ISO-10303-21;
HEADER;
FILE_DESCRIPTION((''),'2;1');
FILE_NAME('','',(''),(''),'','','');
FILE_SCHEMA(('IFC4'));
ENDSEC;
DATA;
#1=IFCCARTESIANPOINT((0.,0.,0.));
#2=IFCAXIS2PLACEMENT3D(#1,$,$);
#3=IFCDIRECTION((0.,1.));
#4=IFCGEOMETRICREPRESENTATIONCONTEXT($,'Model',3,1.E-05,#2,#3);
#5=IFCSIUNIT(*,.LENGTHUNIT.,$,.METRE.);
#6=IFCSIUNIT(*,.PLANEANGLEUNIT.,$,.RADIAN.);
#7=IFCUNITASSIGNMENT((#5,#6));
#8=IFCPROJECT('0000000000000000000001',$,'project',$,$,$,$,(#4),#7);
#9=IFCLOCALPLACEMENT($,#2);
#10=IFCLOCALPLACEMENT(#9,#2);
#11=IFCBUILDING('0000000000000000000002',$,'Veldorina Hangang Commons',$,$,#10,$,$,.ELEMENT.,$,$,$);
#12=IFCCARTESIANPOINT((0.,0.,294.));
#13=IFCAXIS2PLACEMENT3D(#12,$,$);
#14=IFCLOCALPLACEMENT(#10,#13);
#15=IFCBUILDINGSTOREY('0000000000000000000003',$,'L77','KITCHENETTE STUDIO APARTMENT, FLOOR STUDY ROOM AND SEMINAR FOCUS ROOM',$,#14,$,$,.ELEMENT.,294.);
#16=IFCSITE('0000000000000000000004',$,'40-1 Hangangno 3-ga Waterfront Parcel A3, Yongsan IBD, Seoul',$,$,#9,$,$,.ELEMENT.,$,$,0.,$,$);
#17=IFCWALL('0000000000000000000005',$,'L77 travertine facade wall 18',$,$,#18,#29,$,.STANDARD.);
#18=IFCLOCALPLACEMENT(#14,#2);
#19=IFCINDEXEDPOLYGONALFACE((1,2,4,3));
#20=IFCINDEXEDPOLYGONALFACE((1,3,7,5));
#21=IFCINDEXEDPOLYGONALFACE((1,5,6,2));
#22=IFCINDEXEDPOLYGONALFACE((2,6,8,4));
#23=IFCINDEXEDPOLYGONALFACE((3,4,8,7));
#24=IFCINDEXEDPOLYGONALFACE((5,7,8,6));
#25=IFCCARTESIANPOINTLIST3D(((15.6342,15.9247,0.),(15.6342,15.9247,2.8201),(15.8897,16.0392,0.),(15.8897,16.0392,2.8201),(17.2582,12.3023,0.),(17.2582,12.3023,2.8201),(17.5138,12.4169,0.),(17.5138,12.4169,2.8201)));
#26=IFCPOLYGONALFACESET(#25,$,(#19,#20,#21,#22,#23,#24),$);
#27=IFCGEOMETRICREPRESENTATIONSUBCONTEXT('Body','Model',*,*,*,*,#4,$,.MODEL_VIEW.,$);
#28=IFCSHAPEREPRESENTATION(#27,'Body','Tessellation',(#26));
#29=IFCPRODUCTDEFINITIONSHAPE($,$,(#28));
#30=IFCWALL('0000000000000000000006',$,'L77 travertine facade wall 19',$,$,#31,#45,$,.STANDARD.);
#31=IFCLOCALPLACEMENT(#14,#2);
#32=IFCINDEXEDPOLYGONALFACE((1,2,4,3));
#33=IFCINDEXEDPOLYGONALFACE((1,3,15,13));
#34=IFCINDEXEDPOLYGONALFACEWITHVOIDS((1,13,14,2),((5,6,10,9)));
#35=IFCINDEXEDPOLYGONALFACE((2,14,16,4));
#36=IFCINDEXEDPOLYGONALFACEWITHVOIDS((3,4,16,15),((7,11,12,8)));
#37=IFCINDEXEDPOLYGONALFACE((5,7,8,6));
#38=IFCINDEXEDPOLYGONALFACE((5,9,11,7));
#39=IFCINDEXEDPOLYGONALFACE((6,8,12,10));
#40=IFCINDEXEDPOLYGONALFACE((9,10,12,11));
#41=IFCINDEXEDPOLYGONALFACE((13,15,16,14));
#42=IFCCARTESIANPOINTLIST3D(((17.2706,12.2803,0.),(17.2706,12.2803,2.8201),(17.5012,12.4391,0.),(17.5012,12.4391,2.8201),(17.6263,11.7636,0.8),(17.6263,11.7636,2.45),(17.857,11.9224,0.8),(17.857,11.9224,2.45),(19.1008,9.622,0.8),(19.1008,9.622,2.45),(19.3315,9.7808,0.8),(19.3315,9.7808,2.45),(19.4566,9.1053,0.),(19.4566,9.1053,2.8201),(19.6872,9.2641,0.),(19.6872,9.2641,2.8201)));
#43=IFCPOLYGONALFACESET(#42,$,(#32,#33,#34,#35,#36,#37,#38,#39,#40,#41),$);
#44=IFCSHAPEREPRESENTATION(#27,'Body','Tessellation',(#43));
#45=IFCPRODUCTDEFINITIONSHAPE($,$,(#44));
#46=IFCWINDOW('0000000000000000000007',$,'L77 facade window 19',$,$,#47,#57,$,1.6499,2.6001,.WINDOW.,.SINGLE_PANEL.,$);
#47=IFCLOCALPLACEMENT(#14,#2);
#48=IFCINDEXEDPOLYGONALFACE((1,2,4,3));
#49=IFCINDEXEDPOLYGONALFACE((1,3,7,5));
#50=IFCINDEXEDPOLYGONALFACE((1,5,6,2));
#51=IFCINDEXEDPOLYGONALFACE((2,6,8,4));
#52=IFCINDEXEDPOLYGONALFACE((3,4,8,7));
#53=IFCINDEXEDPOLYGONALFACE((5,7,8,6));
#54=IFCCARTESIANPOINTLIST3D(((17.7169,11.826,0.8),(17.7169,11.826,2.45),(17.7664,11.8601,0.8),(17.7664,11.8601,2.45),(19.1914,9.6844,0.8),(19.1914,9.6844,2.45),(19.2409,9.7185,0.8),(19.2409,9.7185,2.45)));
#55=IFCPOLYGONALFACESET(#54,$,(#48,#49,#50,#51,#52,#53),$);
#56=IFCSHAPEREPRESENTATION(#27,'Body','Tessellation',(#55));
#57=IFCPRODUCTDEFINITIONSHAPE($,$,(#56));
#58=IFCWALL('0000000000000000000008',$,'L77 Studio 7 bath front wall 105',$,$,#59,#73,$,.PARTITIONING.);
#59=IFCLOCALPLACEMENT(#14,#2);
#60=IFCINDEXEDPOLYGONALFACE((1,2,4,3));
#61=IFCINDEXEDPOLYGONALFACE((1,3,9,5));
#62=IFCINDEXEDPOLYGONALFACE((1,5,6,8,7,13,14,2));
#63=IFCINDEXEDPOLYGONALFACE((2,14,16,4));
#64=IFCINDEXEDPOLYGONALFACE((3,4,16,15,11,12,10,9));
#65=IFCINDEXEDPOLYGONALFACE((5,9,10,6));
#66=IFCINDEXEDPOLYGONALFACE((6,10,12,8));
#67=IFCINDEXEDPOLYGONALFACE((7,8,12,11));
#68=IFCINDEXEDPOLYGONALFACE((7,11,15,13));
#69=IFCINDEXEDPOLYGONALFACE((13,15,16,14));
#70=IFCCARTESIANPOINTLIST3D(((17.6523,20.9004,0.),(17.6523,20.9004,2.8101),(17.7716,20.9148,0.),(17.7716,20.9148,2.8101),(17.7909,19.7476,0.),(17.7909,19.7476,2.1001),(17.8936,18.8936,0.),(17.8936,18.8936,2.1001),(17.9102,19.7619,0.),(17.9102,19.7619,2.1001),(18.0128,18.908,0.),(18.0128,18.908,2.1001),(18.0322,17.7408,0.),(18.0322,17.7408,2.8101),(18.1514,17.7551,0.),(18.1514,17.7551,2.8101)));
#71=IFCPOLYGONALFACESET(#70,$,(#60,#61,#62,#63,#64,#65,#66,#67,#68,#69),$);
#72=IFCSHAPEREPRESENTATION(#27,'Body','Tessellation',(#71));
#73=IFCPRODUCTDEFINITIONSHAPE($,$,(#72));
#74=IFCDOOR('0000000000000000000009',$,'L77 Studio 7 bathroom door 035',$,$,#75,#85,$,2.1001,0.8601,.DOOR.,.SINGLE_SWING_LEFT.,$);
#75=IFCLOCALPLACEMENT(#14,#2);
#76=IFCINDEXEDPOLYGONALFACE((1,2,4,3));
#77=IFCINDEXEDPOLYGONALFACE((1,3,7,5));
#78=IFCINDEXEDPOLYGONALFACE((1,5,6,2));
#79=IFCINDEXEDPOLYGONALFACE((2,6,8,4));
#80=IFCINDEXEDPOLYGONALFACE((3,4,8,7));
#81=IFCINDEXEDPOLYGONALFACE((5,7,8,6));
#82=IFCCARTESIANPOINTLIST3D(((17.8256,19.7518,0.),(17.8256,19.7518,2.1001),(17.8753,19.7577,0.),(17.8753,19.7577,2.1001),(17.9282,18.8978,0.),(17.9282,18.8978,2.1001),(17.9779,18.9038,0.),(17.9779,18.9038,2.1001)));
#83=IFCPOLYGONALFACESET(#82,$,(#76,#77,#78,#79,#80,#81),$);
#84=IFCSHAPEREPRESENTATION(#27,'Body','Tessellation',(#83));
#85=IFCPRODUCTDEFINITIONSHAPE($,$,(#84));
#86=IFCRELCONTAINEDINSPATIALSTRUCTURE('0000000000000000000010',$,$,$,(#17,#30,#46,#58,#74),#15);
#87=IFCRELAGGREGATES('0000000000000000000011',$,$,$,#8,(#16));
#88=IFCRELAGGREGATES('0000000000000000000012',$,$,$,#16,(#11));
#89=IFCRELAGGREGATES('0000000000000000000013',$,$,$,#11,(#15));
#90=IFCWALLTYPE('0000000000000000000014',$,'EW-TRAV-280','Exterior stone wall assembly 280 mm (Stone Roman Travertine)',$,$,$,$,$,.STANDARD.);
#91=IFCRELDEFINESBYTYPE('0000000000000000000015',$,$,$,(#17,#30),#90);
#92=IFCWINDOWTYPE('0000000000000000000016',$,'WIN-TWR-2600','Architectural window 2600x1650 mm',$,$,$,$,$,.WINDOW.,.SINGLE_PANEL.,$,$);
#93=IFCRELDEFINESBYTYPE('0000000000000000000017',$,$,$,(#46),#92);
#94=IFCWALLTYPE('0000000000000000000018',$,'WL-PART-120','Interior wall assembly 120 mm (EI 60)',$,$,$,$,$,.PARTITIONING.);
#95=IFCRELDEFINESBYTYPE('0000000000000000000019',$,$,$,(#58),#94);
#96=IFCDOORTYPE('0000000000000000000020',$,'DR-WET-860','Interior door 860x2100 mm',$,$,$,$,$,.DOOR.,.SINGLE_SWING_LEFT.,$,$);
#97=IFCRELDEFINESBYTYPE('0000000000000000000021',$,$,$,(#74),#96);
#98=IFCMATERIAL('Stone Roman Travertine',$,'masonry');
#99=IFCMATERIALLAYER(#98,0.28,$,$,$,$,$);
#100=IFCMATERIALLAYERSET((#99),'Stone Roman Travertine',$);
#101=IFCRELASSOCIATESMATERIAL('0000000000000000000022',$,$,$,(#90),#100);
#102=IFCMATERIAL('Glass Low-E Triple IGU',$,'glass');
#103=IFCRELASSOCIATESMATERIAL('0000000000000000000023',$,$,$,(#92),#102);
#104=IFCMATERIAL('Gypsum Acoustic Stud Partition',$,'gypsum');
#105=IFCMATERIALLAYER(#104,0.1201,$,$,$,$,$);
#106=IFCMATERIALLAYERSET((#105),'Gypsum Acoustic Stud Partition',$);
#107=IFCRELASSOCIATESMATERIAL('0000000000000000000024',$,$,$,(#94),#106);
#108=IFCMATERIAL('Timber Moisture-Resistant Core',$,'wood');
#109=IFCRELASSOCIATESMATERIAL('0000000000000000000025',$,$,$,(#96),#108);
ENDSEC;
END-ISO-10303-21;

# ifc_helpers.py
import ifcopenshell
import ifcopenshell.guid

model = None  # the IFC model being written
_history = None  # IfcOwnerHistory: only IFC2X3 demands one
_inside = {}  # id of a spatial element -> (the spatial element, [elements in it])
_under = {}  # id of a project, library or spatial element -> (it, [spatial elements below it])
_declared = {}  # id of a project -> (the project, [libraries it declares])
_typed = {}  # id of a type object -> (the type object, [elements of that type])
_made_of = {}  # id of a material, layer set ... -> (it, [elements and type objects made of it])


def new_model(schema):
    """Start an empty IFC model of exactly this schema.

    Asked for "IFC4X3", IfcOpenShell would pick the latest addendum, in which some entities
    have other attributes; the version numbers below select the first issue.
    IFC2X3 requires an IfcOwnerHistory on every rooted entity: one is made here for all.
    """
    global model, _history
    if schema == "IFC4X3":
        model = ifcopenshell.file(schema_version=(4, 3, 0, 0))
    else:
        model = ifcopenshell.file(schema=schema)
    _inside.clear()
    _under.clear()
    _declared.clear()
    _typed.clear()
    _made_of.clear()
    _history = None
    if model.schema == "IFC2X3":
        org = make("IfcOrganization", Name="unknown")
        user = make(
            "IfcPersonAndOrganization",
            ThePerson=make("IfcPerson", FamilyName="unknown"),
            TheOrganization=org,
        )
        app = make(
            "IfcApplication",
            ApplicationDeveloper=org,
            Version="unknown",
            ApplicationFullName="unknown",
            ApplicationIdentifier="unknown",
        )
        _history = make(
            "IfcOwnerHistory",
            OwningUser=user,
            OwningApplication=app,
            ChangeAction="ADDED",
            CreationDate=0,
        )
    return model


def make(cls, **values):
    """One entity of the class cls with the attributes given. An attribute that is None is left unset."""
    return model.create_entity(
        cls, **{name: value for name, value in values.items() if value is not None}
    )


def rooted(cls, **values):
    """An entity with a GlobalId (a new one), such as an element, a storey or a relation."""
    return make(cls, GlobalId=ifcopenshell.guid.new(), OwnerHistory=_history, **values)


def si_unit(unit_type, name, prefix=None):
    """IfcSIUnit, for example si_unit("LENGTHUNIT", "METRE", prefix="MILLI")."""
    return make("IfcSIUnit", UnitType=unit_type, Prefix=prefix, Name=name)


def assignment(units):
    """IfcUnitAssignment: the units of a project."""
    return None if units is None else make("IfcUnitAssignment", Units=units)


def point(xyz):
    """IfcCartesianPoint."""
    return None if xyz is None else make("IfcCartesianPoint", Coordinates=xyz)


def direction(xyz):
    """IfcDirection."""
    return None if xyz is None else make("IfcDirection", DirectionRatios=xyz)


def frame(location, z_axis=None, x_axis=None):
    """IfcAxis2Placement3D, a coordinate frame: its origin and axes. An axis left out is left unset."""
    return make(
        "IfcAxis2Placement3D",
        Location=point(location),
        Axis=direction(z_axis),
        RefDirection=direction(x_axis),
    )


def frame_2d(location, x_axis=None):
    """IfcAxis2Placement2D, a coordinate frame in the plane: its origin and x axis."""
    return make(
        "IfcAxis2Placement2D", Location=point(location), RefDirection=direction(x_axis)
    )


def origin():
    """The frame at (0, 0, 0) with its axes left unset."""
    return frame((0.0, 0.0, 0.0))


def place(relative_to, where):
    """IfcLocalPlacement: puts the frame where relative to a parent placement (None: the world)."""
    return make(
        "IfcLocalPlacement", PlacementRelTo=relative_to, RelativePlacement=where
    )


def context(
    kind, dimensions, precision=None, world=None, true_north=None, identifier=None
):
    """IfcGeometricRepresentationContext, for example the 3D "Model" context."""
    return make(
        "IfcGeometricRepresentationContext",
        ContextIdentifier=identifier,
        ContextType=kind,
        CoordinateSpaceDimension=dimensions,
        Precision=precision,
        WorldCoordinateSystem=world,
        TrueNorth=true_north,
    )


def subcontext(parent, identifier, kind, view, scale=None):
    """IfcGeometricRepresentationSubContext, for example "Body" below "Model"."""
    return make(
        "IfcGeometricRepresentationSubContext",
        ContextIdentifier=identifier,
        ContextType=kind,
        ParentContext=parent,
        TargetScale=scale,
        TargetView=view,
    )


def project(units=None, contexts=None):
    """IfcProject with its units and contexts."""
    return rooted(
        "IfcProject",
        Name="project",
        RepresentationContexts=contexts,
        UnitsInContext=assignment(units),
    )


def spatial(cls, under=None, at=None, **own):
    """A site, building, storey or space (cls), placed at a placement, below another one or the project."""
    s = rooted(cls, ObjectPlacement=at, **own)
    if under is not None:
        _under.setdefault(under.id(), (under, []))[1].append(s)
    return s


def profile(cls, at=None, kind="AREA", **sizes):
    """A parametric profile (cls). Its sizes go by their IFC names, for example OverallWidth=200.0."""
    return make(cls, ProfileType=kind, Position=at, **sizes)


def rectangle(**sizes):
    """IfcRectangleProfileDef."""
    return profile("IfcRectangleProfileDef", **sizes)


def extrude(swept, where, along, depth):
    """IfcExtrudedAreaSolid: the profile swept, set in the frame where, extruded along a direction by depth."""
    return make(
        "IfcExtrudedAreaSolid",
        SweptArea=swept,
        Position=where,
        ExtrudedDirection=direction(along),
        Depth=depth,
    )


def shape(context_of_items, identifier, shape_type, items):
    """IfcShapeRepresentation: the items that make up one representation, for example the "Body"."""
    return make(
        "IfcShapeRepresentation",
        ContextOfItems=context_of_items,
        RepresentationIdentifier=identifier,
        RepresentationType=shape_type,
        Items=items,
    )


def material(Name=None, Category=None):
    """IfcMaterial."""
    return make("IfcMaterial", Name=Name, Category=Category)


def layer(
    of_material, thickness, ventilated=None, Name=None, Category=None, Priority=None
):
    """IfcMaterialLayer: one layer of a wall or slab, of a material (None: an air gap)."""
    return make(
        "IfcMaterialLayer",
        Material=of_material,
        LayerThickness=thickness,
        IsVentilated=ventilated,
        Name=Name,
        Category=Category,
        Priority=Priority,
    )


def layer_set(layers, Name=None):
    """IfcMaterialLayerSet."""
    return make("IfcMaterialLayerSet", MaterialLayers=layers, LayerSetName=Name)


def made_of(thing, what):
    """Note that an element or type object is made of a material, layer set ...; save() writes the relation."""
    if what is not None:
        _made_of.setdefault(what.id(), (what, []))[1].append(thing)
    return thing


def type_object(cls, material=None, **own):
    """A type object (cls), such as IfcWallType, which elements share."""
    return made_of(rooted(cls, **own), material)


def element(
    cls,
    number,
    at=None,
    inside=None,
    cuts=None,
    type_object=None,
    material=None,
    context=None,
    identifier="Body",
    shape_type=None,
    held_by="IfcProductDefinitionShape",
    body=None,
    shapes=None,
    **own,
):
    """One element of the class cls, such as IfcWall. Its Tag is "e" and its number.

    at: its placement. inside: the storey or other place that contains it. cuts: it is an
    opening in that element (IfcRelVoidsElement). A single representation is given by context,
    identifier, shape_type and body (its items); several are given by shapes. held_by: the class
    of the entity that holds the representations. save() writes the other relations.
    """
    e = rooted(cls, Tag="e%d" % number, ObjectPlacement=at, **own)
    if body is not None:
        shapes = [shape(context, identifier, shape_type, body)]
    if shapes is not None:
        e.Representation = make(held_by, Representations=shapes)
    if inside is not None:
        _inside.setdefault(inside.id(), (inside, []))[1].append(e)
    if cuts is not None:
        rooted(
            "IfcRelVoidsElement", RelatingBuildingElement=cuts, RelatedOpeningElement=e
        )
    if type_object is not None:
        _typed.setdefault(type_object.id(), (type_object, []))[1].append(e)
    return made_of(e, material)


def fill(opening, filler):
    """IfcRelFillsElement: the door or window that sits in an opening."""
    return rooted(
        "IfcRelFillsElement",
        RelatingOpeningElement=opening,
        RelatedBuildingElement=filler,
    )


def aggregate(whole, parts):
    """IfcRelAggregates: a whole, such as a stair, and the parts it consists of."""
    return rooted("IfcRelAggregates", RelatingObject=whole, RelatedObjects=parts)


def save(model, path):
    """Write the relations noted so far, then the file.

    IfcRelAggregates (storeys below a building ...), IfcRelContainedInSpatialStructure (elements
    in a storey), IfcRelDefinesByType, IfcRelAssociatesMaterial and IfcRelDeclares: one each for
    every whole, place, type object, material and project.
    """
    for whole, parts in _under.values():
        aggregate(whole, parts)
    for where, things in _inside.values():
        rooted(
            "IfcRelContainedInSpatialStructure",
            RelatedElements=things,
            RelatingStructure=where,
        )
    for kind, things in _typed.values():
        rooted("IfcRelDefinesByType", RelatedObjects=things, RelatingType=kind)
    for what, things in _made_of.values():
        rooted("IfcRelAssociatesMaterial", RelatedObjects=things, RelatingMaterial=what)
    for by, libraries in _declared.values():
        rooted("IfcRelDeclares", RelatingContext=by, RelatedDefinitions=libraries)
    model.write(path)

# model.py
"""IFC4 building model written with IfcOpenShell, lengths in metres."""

from ifc_helpers import new_model, si_unit, direction, frame, frame_2d, origin, place, context, subcontext, project, spatial, rectangle, extrude, material, layer, layer_set, type_object, element, fill, save


model = new_model("IFC4")

# Units and contexts
model_context = context("Model", 3, precision=1e-05, world=origin(), true_north=direction((0.0, 1.0)))
body_context = subcontext(model_context, "Body", "Model", "MODEL_VIEW")
ifc_project = project(units=[si_unit("LENGTHUNIT", "METRE"), si_unit("PLANEANGLEUNIT", "RADIAN")], contexts=[model_context])

# Site, building, storey
site_placement = place(None, origin())
site = spatial("IfcSite", under=ifc_project, at=site_placement, Name="40-1 Hangangno 3-ga Waterfront Parcel A3, Yongsan IBD, Seoul", CompositionType="ELEMENT", RefElevation=0.0)
building_placement = place(site_placement, origin())
building = spatial("IfcBuilding", under=site, at=building_placement, Name="Veldorina Hangang Commons", CompositionType="ELEMENT")
storey_placement = place(building_placement, frame((0.0, 0.0, 294.0)))
storey = spatial("IfcBuildingStorey", under=building, at=storey_placement, Name="L77", Description="KITCHENETTE STUDIO APARTMENT, FLOOR STUDY ROOM AND SEMINAR FOCUS ROOM", CompositionType="ELEMENT", Elevation=294.0)

# Wall
ifc_material_1 = material(Name="Stone Roman Travertine", Category="masonry")
ifc_layer_1 = layer(ifc_material_1, 0.28)
ifc_layer_set_1 = layer_set([ifc_layer_1], Name="Stone Roman Travertine")
wall_type_1 = type_object("IfcWallType", Name="EW-TRAV-280", Description="Exterior stone wall assembly 280 mm (Stone Roman Travertine)", PredefinedType="STANDARD", material=ifc_layer_set_1)
wall_1_placement = place(storey_placement, frame((15.762, 15.9819, 0.0), z_axis=(0.0, 0.0, 1.0), x_axis=(0.409104, -0.912488, 0.0)))
element("IfcWall", 1, at=wall_1_placement, inside=storey, type_object=wall_type_1, Name="L77 travertine facade wall 18", PredefinedType="STANDARD", context=body_context, shape_type="SweptSolid", body=[
    extrude(rectangle(XDim=3.9697, YDim=0.28, at=frame_2d((1.9849, 0.0))), origin(), (0.0, 0.0, 1.0), 2.8201),
])

# Wall, opening, window
wall_2_placement = place(storey_placement, frame((17.386, 12.3596, 0.0), z_axis=(0.0, 0.0, 1.0), x_axis=(0.56709, -0.823656, 0.0)))
wall_2 = element("IfcWall", 2, at=wall_2_placement, inside=storey, type_object=wall_type_1, Name="L77 travertine facade wall 19", PredefinedType="STANDARD", context=body_context, shape_type="SweptSolid", body=[
    extrude(rectangle(XDim=3.8547, YDim=0.28, at=frame_2d((1.9272, 0.0))), origin(), (0.0, 0.0, 1.0), 2.8201),
])
opening_1_placement = place(wall_2_placement, frame((0.6272, 0.0, 0.8)))
opening_1 = element("IfcOpeningElement", 3, at=opening_1_placement, cuts=wall_2, PredefinedType="OPENING", context=body_context, shape_type="SweptSolid", body=[
    extrude(rectangle(XDim=2.6001, YDim=1.6499, at=frame_2d((1.3, 0.825))), frame((0.0, 0.1499, 0.0), z_axis=(0.0, -1.0, 0.0), x_axis=(1.0, 0.0, 0.0)), (0.0, 0.0, 1.0), 0.3),
])
ifc_material_2 = material(Name="Glass Low-E Triple IGU", Category="glass")
window_type = type_object("IfcWindowType", Name="WIN-TWR-2600", Description="Architectural window 2600x1650 mm", PartitioningType="SINGLE_PANEL", PredefinedType="WINDOW", material=ifc_material_2)
window_placement = place(opening_1_placement, origin())
window = element("IfcWindow", 4, at=window_placement, inside=storey, type_object=window_type, Name="L77 facade window 19", OverallHeight=1.6499, OverallWidth=2.6001, PartitioningType="SINGLE_PANEL", PredefinedType="WINDOW", context=body_context, shape_type="SweptSolid", body=[
    extrude(rectangle(XDim=2.6001, YDim=1.6499, at=frame_2d((1.3, 0.825))), frame((0.0, 0.03, 0.0), z_axis=(0.0, -1.0, 0.0), x_axis=(1.0, 0.0, 0.0)), (0.0, 0.0, 1.0), 0.0601),
])
fill(opening_1, window)

# Wall, opening, door
ifc_material_3 = material(Name="Gypsum Acoustic Stud Partition", Category="gypsum")
ifc_layer_2 = layer(ifc_material_3, 0.1201)
ifc_layer_set_2 = layer_set([ifc_layer_2], Name="Gypsum Acoustic Stud Partition")
wall_type_2 = type_object("IfcWallType", Name="WL-PART-120", Description="Interior wall assembly 120 mm (EI 60)", PredefinedType="PARTITIONING", material=ifc_layer_set_2)
wall_3_placement = place(storey_placement, frame((17.7119, 20.9077, 0.0), z_axis=(0.0, 0.0, 1.0), x_axis=(0.119369, -0.99285, 0.0)))
wall_3 = element("IfcWall", 5, at=wall_3_placement, inside=storey, type_object=wall_type_2, Name="L77 Studio 7 bath front wall 105", PredefinedType="PARTITIONING", context=body_context, shape_type="SweptSolid", body=[
    extrude(rectangle(XDim=3.1824, YDim=0.1201, at=frame_2d((1.5913, 0.0))), origin(), (0.0, 0.0, 1.0), 2.8101),
])
opening_2_placement = place(wall_3_placement, frame((1.1611, 0.0, 0.0)))
opening_2 = element("IfcOpeningElement", 6, at=opening_2_placement, cuts=wall_3, PredefinedType="OPENING", context=body_context, shape_type="SweptSolid", body=[
    extrude(rectangle(XDim=0.8601, YDim=2.1001, at=frame_2d((0.4302, 1.05))), frame((0.0, 0.0701, 0.0), z_axis=(0.0, -1.0, 0.0), x_axis=(1.0, 0.0, 0.0)), (0.0, 0.0, 1.0), 0.1401),
])
ifc_material_4 = material(Name="Timber Moisture-Resistant Core", Category="wood")
door_type = type_object("IfcDoorType", Name="DR-WET-860", Description="Interior door 860x2100 mm", OperationType="SINGLE_SWING_LEFT", PredefinedType="DOOR", material=ifc_material_4)
door_placement = place(opening_2_placement, origin())
door = element("IfcDoor", 7, at=door_placement, inside=storey, type_object=door_type, Name="L77 Studio 7 bathroom door 035", OperationType="SINGLE_SWING_LEFT", OverallHeight=2.1001, OverallWidth=0.8601, PredefinedType="DOOR", context=body_context, shape_type="SweptSolid", body=[
    extrude(rectangle(XDim=0.8601, YDim=2.1001, at=frame_2d((0.4302, 1.05))), frame((0.0, 0.0249, 0.0), z_axis=(0.0, -1.0, 0.0), x_axis=(1.0, 0.0, 0.0)), (0.0, 0.0, 1.0), 0.05),
])
fill(opening_2, door)

save(model, "model.ifc")
